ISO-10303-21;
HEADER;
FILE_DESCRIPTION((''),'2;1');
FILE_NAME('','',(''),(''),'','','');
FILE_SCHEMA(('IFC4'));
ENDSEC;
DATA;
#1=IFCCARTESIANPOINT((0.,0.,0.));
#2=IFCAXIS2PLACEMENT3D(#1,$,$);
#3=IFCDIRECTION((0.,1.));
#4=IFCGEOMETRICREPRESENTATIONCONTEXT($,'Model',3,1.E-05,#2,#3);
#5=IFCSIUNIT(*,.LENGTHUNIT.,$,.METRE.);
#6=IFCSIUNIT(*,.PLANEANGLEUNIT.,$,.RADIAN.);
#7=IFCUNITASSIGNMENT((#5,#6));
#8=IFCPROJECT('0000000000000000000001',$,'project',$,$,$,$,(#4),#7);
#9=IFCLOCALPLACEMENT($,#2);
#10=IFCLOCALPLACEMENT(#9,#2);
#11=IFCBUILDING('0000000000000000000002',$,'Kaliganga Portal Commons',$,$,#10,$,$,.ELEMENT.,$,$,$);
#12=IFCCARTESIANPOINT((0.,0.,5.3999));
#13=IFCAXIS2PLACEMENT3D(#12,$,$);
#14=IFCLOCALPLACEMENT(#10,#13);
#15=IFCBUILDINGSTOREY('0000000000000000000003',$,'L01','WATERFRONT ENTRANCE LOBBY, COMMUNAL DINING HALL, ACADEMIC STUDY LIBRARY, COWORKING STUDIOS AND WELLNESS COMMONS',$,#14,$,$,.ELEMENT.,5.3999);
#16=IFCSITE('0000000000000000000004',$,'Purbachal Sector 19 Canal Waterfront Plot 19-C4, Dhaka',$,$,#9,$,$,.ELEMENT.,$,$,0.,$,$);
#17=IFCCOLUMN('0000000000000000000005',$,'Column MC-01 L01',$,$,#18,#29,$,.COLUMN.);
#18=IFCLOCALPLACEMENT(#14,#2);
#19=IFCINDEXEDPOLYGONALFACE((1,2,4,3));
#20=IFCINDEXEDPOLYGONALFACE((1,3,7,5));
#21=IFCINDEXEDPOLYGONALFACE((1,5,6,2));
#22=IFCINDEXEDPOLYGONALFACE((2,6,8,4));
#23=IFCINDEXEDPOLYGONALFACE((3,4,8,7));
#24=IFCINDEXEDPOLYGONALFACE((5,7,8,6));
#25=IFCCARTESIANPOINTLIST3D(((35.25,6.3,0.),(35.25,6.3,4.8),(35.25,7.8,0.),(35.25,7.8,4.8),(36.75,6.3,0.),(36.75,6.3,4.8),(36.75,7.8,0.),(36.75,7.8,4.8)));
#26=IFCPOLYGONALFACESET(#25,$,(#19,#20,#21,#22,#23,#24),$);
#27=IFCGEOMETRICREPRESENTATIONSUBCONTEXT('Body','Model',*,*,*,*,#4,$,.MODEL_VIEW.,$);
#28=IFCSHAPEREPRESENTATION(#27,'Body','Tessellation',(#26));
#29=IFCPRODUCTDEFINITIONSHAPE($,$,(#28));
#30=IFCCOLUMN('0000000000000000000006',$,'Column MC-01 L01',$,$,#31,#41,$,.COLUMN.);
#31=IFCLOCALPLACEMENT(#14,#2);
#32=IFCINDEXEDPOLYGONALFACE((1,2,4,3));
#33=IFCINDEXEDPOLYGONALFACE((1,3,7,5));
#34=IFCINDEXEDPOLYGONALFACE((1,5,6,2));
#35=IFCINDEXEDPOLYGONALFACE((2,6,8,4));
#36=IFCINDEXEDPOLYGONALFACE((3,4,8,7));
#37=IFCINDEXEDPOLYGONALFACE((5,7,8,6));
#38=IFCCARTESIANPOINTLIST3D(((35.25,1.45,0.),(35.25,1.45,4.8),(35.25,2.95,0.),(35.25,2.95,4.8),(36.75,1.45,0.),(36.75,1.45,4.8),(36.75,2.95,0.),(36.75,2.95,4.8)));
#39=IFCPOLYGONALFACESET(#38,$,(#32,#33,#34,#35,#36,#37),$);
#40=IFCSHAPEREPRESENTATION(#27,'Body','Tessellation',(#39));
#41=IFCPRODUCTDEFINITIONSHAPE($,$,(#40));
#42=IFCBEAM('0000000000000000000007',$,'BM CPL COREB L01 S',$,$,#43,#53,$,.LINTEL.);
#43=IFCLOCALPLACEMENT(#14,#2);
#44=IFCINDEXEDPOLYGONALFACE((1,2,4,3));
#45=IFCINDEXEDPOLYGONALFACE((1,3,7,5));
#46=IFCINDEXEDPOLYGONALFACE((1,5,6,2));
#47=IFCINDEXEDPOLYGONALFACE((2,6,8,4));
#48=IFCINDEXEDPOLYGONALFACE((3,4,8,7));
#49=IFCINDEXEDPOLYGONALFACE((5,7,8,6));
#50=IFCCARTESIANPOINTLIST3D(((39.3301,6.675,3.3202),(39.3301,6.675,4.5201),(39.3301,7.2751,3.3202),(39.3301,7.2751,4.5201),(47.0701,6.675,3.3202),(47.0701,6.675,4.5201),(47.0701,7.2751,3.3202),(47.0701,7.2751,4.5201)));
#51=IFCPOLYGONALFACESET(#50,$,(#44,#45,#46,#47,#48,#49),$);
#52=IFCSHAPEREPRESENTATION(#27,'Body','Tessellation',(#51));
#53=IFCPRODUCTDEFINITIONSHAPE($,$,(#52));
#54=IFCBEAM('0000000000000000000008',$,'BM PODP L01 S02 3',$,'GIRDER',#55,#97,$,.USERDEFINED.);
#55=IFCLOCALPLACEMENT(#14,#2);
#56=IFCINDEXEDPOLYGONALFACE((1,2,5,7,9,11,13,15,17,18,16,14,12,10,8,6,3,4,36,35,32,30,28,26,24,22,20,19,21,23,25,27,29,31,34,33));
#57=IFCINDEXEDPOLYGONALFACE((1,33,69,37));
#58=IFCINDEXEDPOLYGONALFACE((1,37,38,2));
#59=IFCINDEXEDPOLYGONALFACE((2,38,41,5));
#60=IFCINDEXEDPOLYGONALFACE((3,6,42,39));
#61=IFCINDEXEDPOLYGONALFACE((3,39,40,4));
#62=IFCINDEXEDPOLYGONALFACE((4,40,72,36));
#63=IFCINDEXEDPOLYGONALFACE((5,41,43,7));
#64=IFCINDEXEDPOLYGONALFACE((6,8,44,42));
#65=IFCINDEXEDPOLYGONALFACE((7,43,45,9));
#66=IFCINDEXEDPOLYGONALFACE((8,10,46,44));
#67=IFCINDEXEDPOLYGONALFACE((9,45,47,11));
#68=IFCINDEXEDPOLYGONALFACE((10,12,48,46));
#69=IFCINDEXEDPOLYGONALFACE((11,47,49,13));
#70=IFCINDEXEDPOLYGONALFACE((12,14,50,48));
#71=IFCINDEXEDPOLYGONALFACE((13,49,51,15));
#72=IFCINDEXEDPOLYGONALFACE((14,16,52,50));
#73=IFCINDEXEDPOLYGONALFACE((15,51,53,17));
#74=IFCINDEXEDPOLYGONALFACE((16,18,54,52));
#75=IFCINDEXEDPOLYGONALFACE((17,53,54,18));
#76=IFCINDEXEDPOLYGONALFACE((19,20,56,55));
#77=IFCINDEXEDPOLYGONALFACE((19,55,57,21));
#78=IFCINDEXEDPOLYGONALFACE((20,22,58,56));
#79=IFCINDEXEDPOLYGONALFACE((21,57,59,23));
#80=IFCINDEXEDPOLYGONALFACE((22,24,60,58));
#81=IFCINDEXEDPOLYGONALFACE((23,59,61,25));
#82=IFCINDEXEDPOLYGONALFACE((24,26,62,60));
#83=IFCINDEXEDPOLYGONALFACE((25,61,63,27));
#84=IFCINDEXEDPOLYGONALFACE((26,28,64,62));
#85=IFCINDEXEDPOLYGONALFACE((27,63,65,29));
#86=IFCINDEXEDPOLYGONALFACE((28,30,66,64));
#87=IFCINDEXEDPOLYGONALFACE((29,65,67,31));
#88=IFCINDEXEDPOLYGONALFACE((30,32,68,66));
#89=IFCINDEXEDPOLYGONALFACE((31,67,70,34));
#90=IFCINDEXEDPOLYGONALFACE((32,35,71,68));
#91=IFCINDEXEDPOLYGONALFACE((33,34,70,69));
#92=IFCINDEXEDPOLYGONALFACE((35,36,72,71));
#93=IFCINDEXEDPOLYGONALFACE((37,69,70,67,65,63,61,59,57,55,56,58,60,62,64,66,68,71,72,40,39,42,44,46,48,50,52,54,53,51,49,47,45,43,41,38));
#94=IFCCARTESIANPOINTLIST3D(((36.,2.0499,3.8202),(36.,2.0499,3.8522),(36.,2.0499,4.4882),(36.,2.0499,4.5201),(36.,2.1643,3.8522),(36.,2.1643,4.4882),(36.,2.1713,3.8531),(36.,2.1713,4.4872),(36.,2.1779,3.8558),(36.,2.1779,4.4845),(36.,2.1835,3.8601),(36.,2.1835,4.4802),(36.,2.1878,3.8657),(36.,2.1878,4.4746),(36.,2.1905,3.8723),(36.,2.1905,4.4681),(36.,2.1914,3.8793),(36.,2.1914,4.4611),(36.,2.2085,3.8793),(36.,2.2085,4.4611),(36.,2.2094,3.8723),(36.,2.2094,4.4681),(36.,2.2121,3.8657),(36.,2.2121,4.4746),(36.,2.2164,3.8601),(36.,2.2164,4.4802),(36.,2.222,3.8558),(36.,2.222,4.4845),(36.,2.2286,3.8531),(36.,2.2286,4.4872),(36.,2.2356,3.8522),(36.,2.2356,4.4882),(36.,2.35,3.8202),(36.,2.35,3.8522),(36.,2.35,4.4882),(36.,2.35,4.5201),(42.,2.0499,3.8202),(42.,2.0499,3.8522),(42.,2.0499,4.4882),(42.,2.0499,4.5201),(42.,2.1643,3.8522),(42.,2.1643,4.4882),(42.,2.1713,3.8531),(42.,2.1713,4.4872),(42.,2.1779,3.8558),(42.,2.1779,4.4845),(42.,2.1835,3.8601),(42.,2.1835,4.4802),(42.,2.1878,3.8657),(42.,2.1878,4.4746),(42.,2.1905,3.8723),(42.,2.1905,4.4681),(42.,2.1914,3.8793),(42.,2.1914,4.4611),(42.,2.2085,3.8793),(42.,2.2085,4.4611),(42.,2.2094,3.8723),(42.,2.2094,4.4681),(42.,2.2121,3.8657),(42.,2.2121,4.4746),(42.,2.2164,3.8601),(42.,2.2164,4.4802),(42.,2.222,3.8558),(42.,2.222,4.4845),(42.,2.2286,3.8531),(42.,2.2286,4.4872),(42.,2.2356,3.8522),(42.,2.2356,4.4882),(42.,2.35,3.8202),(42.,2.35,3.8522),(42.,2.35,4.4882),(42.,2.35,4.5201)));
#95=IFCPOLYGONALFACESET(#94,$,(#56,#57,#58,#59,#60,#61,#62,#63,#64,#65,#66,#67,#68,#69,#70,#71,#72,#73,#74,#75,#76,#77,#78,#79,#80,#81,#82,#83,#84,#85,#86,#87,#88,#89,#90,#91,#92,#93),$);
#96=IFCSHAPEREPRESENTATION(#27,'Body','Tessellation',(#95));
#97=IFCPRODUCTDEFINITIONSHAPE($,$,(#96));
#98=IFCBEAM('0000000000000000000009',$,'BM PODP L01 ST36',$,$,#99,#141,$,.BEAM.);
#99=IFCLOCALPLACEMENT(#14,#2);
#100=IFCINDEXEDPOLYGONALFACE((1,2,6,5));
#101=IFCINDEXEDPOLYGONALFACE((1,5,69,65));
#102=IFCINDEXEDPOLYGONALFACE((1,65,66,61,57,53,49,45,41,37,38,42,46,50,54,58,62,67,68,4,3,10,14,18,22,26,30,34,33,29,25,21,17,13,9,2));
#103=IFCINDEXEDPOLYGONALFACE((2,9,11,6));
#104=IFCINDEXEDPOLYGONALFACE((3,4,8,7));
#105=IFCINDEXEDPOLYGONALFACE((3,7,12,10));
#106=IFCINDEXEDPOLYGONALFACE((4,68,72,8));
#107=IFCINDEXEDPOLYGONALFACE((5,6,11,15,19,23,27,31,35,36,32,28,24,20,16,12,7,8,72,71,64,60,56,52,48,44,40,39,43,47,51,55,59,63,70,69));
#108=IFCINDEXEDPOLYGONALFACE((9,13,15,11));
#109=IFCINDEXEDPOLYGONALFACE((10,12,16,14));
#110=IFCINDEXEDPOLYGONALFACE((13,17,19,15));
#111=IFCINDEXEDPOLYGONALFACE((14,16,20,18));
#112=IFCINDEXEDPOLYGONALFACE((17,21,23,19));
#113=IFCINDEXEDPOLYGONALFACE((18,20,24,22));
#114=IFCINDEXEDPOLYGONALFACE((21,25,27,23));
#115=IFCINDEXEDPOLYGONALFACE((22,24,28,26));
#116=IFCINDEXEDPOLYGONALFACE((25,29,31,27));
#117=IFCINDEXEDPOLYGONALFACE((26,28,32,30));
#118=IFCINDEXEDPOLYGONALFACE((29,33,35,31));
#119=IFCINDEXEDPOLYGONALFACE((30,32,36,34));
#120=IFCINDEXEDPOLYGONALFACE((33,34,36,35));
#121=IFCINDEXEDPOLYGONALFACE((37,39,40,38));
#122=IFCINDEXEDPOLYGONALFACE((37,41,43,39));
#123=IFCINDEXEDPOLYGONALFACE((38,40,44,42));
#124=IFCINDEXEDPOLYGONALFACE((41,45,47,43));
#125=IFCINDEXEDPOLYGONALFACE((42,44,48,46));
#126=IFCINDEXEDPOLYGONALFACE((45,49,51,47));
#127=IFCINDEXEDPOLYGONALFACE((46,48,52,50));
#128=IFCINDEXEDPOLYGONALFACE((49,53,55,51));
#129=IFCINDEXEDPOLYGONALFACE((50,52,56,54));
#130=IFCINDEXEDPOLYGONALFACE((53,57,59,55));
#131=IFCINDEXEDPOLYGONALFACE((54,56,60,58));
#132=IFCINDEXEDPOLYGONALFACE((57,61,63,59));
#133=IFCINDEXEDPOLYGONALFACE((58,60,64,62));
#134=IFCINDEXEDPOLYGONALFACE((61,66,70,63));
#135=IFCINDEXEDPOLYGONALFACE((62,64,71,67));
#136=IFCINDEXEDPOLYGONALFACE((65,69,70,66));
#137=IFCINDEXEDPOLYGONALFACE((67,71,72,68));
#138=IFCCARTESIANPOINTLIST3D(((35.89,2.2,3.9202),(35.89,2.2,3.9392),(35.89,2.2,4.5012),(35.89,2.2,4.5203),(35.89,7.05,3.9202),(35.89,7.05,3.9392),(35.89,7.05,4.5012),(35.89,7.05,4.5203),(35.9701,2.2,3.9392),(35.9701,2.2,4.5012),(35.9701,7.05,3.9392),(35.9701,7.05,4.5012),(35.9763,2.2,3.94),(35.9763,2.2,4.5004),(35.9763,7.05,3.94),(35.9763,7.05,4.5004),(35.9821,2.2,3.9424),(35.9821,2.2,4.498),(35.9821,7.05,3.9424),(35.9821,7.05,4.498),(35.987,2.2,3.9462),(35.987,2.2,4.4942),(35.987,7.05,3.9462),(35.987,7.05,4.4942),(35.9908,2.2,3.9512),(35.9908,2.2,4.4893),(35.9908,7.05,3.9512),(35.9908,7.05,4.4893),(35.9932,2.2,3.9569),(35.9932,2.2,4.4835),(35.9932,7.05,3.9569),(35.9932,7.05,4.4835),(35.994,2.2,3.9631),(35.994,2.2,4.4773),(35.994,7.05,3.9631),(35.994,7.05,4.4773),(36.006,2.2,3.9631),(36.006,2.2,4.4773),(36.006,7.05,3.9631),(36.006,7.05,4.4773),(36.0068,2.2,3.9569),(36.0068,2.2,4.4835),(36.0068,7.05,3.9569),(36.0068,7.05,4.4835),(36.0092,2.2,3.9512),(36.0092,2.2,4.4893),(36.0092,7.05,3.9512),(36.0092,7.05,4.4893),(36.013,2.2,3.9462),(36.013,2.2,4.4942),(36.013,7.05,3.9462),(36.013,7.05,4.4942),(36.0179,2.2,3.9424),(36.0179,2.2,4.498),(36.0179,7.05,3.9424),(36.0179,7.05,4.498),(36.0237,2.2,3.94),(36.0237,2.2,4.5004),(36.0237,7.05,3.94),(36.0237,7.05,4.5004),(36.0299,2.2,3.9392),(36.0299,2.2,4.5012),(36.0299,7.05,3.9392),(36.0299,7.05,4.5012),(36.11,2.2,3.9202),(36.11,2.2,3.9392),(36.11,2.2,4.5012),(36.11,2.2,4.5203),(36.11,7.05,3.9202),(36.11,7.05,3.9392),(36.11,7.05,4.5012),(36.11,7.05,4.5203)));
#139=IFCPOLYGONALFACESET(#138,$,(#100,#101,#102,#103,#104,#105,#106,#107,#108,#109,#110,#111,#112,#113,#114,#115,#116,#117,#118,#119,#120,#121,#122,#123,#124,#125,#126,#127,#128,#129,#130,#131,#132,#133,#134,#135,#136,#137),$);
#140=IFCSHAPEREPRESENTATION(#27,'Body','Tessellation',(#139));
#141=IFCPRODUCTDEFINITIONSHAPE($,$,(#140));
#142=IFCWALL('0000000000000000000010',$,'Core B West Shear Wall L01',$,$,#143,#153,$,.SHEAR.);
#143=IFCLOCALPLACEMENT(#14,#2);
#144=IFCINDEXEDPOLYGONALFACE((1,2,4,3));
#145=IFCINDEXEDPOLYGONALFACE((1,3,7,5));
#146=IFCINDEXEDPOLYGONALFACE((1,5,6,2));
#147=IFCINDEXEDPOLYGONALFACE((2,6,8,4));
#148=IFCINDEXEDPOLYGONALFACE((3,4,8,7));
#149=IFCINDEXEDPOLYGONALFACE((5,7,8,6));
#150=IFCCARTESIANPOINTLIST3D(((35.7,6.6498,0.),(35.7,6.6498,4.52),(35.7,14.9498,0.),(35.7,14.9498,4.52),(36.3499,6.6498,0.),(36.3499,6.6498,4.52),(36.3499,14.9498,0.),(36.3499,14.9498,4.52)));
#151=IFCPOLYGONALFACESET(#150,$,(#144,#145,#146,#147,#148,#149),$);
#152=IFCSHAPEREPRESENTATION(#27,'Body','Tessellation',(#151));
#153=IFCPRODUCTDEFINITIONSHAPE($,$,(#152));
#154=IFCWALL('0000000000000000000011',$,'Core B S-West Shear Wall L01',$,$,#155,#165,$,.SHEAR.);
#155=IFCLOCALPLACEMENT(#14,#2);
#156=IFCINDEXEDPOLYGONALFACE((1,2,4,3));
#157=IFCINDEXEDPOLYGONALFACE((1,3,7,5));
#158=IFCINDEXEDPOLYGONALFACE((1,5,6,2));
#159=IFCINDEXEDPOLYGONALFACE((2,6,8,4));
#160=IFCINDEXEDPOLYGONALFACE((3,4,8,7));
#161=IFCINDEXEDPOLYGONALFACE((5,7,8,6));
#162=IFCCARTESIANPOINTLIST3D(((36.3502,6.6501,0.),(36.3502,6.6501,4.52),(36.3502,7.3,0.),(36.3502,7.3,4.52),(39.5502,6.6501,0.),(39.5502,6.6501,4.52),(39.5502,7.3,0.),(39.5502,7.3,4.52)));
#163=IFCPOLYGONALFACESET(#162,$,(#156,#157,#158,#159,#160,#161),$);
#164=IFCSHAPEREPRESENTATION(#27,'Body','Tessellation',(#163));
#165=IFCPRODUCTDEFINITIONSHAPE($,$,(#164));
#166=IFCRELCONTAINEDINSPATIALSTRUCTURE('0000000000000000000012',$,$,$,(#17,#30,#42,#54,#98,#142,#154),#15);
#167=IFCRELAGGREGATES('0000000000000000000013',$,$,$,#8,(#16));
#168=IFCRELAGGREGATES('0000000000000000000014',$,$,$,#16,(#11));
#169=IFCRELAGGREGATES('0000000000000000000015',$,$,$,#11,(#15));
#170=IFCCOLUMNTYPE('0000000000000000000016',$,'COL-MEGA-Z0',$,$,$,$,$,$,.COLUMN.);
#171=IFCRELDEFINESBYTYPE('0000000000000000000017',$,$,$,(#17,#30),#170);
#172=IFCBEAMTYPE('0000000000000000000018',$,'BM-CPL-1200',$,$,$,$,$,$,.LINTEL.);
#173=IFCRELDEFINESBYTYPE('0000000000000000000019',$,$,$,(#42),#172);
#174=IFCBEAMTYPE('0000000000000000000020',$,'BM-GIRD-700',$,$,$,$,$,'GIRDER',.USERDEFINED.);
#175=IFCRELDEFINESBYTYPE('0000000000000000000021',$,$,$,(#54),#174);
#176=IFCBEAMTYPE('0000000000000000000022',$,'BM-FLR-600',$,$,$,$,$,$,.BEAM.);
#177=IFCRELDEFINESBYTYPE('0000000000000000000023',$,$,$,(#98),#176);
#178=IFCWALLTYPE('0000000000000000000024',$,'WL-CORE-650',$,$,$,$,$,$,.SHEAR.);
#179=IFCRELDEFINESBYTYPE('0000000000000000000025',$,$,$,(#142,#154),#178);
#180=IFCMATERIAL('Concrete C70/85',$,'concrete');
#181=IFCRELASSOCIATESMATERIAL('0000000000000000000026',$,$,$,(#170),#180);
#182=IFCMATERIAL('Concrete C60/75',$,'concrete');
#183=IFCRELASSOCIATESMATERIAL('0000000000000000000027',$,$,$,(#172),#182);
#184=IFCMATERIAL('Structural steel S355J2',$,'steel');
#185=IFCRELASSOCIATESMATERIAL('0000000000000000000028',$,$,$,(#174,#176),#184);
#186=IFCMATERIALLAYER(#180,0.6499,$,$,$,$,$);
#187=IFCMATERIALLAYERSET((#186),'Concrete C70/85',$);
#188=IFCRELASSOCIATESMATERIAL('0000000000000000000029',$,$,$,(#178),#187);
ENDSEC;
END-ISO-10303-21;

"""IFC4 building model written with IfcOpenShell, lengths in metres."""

from ifc_helpers import new_model, si_unit, direction, frame, frame_2d, origin, origin_2d, place, context, subcontext, project, spatial, rectangle, i_section, extrude, source, transform, mapped, material, layer, layer_set, material_profile, profile_set, type_object, element, save


model = new_model("IFC4")

# Units and contexts
model_context = context("Model", 3, precision=1e-05, world=origin(), true_north=direction((0.0, 1.0)))
body_context = subcontext(model_context, "Body", "Model", "MODEL_VIEW")
ifc_project = project(units=[si_unit("LENGTHUNIT", "METRE"), si_unit("PLANEANGLEUNIT", "RADIAN")], contexts=[model_context])

# Site, building, storey
site_placement = place(None, origin())
site = spatial("IfcSite", under=ifc_project, at=site_placement, Name="Purbachal Sector 19 Canal Waterfront Plot 19-C4, Dhaka", CompositionType="ELEMENT", RefElevation=0.0)
building_placement = place(site_placement, origin())
building = spatial("IfcBuilding", under=site, at=building_placement, Name="Kaliganga Portal Commons", CompositionType="ELEMENT")
storey_placement = place(building_placement, frame((0.0, 0.0, 5.3999)))
storey = spatial("IfcBuildingStorey", under=building, at=storey_placement, Name="L01", Description="WATERFRONT ENTRANCE LOBBY, COMMUNAL DINING HALL, ACADEMIC STUDY LIBRARY, COWORKING STUDIOS AND WELLNESS COMMONS", CompositionType="ELEMENT", Elevation=5.3999)

# Columns
ifc_material_1 = material(Name="Concrete C70/85", Category="concrete")
ifc_material_profile_1 = material_profile(ifc_material_1, rectangle(XDim=1.5, YDim=1.5, at=origin_2d()), Name="RC 1500x1500")
ifc_profile_set_1 = profile_set([ifc_material_profile_1], Name="Concrete C70/85")
column_type = type_object("IfcColumnType", Name="COL-MEGA-Z0", PredefinedType="COLUMN", material=ifc_profile_set_1)
shared_shape_1 = source(origin(), body_context, "Body", "SweptSolid", [
    extrude(rectangle(XDim=1.5, YDim=1.5, at=origin_2d()), origin(), (0.0, 0.0, 1.0), 4.8),
])
for number, where, z_axis, x_axis, name in (
    (1, (36.0, 7.05, 0.0), (0.0, 0.0, 1.0), (1.0, 0.0, 0.0), "Column MC-01 L01"),
    (2, (36.0, 2.2, 0.0), (0.0, 0.0, 1.0), (1.0, 0.0, 0.0), "Column MC-01 L01"),
):
    element("IfcColumn", number, at=place(storey_placement, frame(where, z_axis=z_axis, x_axis=x_axis)), inside=storey, type_object=column_type, Name=name, PredefinedType="COLUMN", context=body_context, shape_type="MappedRepresentation", body=[
        mapped(shared_shape_1, transform((0.0, 0.0, 0.0), x_axis=(1.0, 0.0, 0.0), y_axis=(0.0, 1.0, 0.0), z_axis=(0.0, 0.0, 1.0), scale=1.0)),
    ])

# Beams
ifc_material_2 = material(Name="Concrete C60/75", Category="concrete")
ifc_material_profile_2 = material_profile(ifc_material_2, rectangle(XDim=0.6001, YDim=1.2, at=origin_2d()), Name="RC 600x1200")
ifc_profile_set_2 = profile_set([ifc_material_profile_2], Name="Concrete C60/75")
beam_type_1 = type_object("IfcBeamType", Name="BM-CPL-1200", PredefinedType="LINTEL", material=ifc_profile_set_2)
shared_shape_2 = source(origin(), body_context, "Body", "SweptSolid", [
    extrude(rectangle(XDim=0.6001, YDim=1.2, at=origin_2d()), origin(), (0.0, 0.0, 1.0), 7.74),
])
beam_1_placement = place(storey_placement, frame((39.3301, 6.9751, 3.9202), z_axis=(1.0, 0.0, 0.0), x_axis=(0.0, 1.0, 0.0)))
element("IfcBeam", 3, at=beam_1_placement, inside=storey, type_object=beam_type_1, Name="BM CPL COREB L01 S", PredefinedType="LINTEL", context=body_context, shape_type="MappedRepresentation", body=[
    mapped(shared_shape_2, transform((0.0, 0.0, 0.0), x_axis=(1.0, 0.0, 0.0), y_axis=(0.0, 1.0, 0.0), z_axis=(0.0, 0.0, 1.0), scale=1.0)),
])
ifc_material_3 = material(Name="Structural steel S355J2", Category="steel")
ifc_material_profile_3 = material_profile(ifc_material_3, i_section(OverallWidth=0.3, OverallDepth=0.7, WebThickness=0.0171, FlangeThickness=0.032, FilletRadius=0.0271, at=origin_2d()), Name="HE 700 B")
ifc_profile_set_3 = profile_set([ifc_material_profile_3], Name="Structural steel S355J2 wide-flange")
beam_type_2 = type_object("IfcBeamType", Name="BM-GIRD-700", ElementType="GIRDER", PredefinedType="USERDEFINED", material=ifc_profile_set_3)
shared_shape_3 = source(origin(), body_context, "Body", "SweptSolid", [
    extrude(i_section(OverallWidth=0.3, OverallDepth=0.7, WebThickness=0.0171, FlangeThickness=0.032, FilletRadius=0.0271, at=origin_2d()), origin(), (0.0, 0.0, 1.0), 6.0),
])
beam_2_placement = place(storey_placement, frame((36.0, 2.2, 4.1702), z_axis=(1.0, 0.0, 0.0), x_axis=(0.0, 1.0, 0.0)))
element("IfcBeam", 4, at=beam_2_placement, inside=storey, type_object=beam_type_2, Name="BM PODP L01 S02 3", ObjectType="GIRDER", PredefinedType="USERDEFINED", context=body_context, shape_type="MappedRepresentation", body=[
    mapped(shared_shape_3, transform((0.0, 0.0, 0.0), x_axis=(1.0, 0.0, 0.0), y_axis=(0.0, 1.0, 0.0), z_axis=(0.0, 0.0, 1.0), scale=1.0)),
])
ifc_material_profile_4 = material_profile(ifc_material_3, i_section(OverallWidth=0.22, OverallDepth=0.6001, WebThickness=0.012, FlangeThickness=0.019, FilletRadius=0.0239, at=origin_2d()), Name="IPE 600")
ifc_profile_set_4 = profile_set([ifc_material_profile_4], Name="Structural steel S355J2 wide-flange")
beam_type_3 = type_object("IfcBeamType", Name="BM-FLR-600", PredefinedType="BEAM", material=ifc_profile_set_4)
shared_shape_4 = source(origin(), body_context, "Body", "SweptSolid", [
    extrude(i_section(OverallWidth=0.22, OverallDepth=0.6001, WebThickness=0.012, FlangeThickness=0.019, FilletRadius=0.0239, at=origin_2d()), origin(), (0.0, 0.0, 1.0), 4.8501),
])
beam_3_placement = place(storey_placement, frame((36.0, 2.2, 4.2202), z_axis=(0.0, 1.0, 0.0), x_axis=(-1.0, 0.0, 0.0)))
element("IfcBeam", 5, at=beam_3_placement, inside=storey, type_object=beam_type_3, Name="BM PODP L01 ST36", PredefinedType="BEAM", context=body_context, shape_type="MappedRepresentation", body=[
    mapped(shared_shape_4, transform((0.0, 0.0, 0.0), x_axis=(1.0, 0.0, 0.0), y_axis=(0.0, 1.0, 0.0), z_axis=(0.0, 0.0, 1.0), scale=1.0)),
])

# Walls
ifc_layer_1 = layer(ifc_material_1, 0.6499)
ifc_layer_set_1 = layer_set([ifc_layer_1], Name="Concrete C70/85")
wall_type_1 = type_object("IfcWallType", Name="WL-CORE-650", PredefinedType="SHEAR", material=ifc_layer_set_1)
wall_1_placement = place(storey_placement, frame((36.0249, 6.6499, 0.0), z_axis=(0.0, 0.0, 1.0), x_axis=(0.0, 1.0, 0.0)))
element("IfcWall", 6, at=wall_1_placement, inside=storey, type_object=wall_type_1, Name="Core B West Shear Wall L01", PredefinedType="SHEAR", context=body_context, shape_type="SweptSolid", body=[
    extrude(rectangle(XDim=8.3, YDim=0.6499, at=frame_2d((4.1499, 0.0))), origin(), (0.0, 0.0, 1.0), 4.52),
])
wall_2_placement = place(storey_placement, frame((36.3501, 6.9751, 0.0), z_axis=(0.0, 0.0, 1.0), x_axis=(1.0, 0.0, 0.0)))
element("IfcWall", 7, at=wall_2_placement, inside=storey, type_object=wall_type_1, Name="Core B S-West Shear Wall L01", PredefinedType="SHEAR", context=body_context, shape_type="SweptSolid", body=[
    extrude(rectangle(XDim=3.2, YDim=0.6499, at=frame_2d((1.6001, 0.0))), origin(), (0.0, 0.0, 1.0), 4.52),
])

save(model, "model.ifc")
